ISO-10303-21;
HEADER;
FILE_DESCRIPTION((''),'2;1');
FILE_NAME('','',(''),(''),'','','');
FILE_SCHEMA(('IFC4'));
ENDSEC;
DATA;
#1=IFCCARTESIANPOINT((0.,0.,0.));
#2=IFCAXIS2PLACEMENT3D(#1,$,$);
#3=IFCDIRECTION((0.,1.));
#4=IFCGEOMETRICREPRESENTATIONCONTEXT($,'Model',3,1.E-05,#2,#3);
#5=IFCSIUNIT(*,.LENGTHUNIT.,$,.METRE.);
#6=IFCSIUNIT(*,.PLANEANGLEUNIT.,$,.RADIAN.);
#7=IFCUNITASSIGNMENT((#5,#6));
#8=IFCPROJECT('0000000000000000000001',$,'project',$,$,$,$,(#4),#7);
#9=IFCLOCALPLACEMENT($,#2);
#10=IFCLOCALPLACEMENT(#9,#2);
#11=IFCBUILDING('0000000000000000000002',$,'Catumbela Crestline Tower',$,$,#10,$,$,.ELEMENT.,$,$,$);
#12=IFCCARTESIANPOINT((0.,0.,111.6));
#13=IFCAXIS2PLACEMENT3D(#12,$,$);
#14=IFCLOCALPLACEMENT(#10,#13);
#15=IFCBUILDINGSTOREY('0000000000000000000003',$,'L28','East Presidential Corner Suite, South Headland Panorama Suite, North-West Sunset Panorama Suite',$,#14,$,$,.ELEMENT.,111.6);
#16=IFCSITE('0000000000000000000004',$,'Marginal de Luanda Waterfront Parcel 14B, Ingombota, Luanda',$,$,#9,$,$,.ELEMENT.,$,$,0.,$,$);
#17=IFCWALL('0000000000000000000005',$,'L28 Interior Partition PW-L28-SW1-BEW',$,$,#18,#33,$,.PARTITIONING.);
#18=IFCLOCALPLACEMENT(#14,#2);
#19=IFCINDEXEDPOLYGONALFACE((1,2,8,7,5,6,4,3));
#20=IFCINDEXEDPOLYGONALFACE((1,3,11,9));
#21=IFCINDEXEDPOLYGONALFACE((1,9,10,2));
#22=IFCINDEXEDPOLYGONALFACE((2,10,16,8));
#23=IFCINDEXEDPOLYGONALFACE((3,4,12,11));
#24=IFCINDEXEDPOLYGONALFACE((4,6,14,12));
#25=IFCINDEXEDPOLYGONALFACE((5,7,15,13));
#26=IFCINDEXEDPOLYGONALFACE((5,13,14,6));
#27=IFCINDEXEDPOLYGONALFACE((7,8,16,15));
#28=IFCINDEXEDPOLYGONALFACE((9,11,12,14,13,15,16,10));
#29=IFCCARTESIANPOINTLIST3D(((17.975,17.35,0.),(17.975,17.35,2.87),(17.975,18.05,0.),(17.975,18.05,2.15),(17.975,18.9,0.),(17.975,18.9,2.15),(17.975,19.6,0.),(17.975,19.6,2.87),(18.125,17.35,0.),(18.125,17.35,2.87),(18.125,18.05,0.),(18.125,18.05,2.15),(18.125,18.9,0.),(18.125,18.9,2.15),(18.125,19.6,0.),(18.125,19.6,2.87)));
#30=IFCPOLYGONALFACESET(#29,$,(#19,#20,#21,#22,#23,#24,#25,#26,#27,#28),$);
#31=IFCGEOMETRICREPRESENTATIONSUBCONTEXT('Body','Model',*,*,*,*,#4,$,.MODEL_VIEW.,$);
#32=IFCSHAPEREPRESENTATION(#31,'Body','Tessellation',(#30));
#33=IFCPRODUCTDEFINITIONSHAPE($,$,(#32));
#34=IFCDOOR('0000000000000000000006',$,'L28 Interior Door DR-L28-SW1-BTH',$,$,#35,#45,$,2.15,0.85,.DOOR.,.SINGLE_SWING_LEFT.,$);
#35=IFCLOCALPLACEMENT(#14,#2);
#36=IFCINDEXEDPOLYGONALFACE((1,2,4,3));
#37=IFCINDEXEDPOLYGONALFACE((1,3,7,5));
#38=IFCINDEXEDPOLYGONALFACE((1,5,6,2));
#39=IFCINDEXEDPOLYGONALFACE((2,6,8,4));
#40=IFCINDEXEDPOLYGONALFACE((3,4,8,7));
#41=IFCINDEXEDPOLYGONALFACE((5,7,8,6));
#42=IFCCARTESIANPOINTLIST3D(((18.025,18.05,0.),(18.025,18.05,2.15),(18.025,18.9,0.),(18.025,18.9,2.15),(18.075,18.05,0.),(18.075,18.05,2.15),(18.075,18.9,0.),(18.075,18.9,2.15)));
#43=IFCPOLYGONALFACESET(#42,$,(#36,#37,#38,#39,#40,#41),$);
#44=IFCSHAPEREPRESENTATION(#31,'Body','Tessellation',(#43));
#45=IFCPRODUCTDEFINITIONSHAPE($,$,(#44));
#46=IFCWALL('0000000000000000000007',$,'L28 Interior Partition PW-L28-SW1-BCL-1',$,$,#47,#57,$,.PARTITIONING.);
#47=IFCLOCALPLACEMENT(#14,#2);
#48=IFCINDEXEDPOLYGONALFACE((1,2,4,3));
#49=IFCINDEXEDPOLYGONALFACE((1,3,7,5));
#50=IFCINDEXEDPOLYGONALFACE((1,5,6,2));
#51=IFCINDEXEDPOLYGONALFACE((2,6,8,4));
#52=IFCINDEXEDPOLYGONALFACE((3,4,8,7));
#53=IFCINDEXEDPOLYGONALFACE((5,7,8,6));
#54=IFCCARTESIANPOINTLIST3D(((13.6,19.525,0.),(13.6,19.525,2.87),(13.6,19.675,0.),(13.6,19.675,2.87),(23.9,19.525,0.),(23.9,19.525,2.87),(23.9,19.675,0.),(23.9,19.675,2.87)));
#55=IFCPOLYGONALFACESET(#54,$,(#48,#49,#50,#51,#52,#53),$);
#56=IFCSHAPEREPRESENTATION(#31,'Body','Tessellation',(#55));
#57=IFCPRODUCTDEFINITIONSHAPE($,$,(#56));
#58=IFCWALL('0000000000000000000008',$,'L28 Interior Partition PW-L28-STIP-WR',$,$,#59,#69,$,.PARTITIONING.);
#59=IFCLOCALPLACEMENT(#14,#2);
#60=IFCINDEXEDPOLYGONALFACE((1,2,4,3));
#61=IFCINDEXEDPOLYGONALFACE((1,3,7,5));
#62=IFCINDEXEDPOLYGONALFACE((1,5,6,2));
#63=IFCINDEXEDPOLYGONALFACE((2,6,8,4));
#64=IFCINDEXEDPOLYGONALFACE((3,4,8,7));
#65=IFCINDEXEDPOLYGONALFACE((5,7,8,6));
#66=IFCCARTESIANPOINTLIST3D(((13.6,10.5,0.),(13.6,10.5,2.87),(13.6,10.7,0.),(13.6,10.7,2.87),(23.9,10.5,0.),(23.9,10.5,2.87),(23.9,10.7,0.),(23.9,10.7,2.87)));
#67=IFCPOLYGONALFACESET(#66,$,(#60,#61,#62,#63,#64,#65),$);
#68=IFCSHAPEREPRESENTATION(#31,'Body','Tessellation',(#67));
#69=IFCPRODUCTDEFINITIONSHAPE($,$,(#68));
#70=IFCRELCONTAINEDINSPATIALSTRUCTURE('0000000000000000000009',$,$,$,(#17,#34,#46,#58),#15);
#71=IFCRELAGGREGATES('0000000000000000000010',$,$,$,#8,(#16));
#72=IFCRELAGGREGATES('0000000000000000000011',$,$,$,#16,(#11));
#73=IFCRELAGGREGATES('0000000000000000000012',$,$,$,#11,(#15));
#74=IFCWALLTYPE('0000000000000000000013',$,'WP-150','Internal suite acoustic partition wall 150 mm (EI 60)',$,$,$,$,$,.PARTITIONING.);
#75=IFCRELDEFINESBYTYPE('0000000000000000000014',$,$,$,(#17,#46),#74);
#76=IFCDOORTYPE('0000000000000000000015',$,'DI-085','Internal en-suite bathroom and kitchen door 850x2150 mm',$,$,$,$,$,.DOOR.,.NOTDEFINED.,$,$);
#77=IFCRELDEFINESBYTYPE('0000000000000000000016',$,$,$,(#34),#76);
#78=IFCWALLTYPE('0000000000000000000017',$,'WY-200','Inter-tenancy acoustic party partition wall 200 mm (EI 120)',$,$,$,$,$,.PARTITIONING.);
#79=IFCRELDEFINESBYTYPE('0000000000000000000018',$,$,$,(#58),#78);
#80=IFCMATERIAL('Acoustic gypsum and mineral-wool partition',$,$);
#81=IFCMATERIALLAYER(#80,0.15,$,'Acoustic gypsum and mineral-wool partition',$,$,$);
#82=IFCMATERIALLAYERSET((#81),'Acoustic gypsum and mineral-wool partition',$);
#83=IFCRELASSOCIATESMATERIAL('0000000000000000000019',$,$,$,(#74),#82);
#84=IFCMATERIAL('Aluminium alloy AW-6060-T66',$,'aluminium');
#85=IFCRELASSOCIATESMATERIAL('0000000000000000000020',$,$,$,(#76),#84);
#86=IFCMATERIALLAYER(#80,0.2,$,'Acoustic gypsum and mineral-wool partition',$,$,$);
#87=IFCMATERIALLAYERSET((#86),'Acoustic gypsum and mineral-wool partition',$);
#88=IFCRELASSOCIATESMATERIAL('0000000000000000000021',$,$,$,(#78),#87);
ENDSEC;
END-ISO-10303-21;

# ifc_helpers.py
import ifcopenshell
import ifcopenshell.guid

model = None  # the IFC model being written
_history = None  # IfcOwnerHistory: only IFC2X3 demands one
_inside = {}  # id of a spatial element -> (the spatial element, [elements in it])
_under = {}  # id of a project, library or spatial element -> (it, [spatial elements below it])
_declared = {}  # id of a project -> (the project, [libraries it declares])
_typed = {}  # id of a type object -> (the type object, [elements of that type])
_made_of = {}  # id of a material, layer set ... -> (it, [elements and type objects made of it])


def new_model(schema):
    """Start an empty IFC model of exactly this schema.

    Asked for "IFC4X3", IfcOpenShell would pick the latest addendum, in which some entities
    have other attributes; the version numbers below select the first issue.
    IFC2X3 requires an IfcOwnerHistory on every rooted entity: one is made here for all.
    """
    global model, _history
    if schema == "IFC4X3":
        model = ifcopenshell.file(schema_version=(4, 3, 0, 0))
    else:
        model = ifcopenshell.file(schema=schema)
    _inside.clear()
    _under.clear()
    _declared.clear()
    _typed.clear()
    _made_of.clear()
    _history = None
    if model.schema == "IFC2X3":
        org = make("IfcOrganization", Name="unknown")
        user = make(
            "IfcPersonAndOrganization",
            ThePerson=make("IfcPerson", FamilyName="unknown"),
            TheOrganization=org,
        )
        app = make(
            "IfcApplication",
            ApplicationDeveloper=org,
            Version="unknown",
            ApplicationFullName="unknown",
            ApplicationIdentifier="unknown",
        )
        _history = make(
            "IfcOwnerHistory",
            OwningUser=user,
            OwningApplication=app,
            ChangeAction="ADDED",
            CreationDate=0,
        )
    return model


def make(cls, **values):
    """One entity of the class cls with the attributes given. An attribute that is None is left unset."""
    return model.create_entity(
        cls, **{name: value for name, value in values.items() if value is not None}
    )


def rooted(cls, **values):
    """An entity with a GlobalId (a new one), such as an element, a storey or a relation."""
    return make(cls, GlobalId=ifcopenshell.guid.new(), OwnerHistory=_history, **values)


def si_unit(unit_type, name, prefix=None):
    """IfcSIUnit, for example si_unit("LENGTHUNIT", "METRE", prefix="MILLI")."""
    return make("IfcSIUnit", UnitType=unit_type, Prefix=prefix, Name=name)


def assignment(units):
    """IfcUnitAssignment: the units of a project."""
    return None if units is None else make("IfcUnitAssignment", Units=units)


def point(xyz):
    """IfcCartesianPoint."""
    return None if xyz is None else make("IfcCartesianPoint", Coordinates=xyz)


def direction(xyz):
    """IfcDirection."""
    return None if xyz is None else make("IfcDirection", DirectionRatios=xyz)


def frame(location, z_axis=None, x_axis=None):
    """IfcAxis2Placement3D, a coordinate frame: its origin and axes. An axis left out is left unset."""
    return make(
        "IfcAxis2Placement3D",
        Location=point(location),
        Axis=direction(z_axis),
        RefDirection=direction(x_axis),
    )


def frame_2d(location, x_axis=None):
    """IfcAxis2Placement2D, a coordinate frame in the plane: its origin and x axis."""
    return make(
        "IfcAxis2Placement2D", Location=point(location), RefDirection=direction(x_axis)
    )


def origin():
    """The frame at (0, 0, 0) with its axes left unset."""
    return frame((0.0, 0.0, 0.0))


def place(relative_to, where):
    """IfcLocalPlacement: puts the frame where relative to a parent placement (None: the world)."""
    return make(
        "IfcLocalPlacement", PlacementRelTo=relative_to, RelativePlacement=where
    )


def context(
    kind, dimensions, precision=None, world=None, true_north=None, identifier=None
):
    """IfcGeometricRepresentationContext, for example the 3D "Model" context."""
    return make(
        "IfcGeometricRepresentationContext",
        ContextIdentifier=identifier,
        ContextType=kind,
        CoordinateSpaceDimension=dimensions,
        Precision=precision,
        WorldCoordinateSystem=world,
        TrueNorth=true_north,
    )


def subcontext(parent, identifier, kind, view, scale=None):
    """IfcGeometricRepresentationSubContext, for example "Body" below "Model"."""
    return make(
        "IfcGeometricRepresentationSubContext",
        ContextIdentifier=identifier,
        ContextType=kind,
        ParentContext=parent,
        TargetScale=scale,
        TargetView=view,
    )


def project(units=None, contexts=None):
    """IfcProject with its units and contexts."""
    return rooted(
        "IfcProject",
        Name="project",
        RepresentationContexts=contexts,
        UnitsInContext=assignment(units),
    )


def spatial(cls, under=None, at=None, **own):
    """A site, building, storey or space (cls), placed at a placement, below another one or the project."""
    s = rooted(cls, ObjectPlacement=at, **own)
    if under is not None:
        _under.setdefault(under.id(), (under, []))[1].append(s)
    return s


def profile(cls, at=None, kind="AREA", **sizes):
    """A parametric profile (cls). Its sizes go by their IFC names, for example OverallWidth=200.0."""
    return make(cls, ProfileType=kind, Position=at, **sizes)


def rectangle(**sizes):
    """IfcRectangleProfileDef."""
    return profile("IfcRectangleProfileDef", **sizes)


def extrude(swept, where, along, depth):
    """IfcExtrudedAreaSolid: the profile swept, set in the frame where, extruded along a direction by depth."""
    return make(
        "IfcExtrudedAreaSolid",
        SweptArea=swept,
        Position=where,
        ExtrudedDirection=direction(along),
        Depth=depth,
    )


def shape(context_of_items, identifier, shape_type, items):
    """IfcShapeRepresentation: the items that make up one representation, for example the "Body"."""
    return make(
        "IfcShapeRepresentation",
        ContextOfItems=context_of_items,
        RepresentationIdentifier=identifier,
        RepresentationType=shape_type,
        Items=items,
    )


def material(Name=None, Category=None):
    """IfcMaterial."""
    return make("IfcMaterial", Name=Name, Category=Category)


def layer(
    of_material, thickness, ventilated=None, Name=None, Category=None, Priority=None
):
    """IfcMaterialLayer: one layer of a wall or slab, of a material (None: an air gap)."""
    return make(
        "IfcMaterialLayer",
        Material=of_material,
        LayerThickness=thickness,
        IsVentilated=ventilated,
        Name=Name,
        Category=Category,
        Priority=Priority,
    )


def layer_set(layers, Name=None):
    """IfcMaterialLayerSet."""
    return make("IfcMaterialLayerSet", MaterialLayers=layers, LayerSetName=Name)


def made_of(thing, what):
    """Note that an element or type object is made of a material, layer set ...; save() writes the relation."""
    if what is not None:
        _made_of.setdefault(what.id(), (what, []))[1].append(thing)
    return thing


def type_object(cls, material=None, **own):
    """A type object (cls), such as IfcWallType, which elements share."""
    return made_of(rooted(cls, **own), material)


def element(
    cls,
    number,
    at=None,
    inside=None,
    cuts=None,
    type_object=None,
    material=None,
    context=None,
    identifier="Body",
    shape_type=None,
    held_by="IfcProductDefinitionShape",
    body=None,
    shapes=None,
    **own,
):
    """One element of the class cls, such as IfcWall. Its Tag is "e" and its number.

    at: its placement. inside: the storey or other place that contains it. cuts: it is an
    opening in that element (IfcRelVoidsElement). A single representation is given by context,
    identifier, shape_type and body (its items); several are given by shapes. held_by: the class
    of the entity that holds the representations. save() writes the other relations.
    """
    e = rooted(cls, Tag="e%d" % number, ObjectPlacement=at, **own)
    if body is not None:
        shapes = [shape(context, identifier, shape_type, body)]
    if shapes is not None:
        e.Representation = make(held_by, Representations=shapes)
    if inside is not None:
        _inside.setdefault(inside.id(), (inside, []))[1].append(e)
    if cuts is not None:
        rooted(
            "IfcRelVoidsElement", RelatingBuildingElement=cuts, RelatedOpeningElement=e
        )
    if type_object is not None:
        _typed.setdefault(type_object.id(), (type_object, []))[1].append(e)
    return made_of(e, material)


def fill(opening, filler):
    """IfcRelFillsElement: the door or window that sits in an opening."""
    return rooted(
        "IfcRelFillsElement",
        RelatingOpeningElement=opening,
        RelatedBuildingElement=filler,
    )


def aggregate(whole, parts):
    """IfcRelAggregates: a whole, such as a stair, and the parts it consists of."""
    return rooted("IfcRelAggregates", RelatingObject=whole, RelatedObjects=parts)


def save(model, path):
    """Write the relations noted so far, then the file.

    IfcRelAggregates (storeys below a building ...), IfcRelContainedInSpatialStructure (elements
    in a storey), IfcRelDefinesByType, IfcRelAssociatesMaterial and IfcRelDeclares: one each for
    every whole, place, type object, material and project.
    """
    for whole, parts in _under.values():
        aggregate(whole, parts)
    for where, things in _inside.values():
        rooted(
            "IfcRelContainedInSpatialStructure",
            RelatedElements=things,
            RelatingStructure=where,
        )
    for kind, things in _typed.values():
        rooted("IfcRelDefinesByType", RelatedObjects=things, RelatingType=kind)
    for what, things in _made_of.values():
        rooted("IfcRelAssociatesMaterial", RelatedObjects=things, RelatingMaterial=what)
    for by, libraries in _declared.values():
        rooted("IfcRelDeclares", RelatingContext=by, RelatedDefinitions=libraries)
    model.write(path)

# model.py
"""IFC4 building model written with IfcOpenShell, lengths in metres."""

from ifc_helpers import new_model, si_unit, direction, frame, frame_2d, origin, place, context, subcontext, project, spatial, rectangle, extrude, material, layer, layer_set, type_object, element, fill, save


model = new_model("IFC4")

# Units and contexts
model_context = context("Model", 3, precision=1e-05, world=origin(), true_north=direction((0.0, 1.0)))
body_context = subcontext(model_context, "Body", "Model", "MODEL_VIEW")
ifc_project = project(units=[si_unit("LENGTHUNIT", "METRE"), si_unit("PLANEANGLEUNIT", "RADIAN")], contexts=[model_context])

# Site, building, storey
site_placement = place(None, origin())
site = spatial("IfcSite", under=ifc_project, at=site_placement, Name="Marginal de Luanda Waterfront Parcel 14B, Ingombota, Luanda", CompositionType="ELEMENT", RefElevation=0.0)
building_placement = place(site_placement, origin())
building = spatial("IfcBuilding", under=site, at=building_placement, Name="Catumbela Crestline Tower", CompositionType="ELEMENT")
storey_placement = place(building_placement, frame((0.0, 0.0, 111.6)))
storey = spatial("IfcBuildingStorey", under=building, at=storey_placement, Name="L28", Description="East Presidential Corner Suite, South Headland Panorama Suite, North-West Sunset Panorama Suite", CompositionType="ELEMENT", Elevation=111.6)

# Shared definitions
ifc_material_1 = material(Name="Acoustic gypsum and mineral-wool partition")
ifc_material_2 = material(Name="Aluminium alloy AW-6060-T66", Category="aluminium")

# Shared definitions
ifc_layer_1 = layer(ifc_material_1, 0.15, Name="Acoustic gypsum and mineral-wool partition")
ifc_layer_set_1 = layer_set([ifc_layer_1], Name="Acoustic gypsum and mineral-wool partition")
wall_type_1 = type_object("IfcWallType", Name="WP-150", Description="Internal suite acoustic partition wall 150 mm (EI 60)", PredefinedType="PARTITIONING", material=ifc_layer_set_1)

# Wall, opening, door
wall_1_placement = place(storey_placement, frame((18.05, 17.35, 0.0), z_axis=(0.0, 0.0, 1.0), x_axis=(0.0, 1.0, 0.0)))
wall_1 = element("IfcWall", 1, at=wall_1_placement, inside=storey, type_object=wall_type_1, Name="L28 Interior Partition PW-L28-SW1-BEW", PredefinedType="PARTITIONING", context=body_context, shape_type="SweptSolid", body=[
    extrude(rectangle(XDim=2.25, YDim=0.15, at=frame_2d((1.125, 0.0))), origin(), (0.0, 0.0, 1.0), 2.87),
])
opening_1_placement = place(wall_1_placement, frame((0.7, 0.0, 0.0)))
opening_1 = element("IfcOpeningElement", 2, at=opening_1_placement, cuts=wall_1, PredefinedType="OPENING", context=body_context, shape_type="SweptSolid", body=[
    extrude(rectangle(XDim=0.85, YDim=2.15, at=frame_2d((0.425, 1.075))), frame((0.0, 0.085, 0.0), z_axis=(0.0, -1.0, 0.0), x_axis=(1.0, 0.0, 0.0)), (0.0, 0.0, 1.0), 0.17),
])
door_type_1 = type_object("IfcDoorType", Name="DI-085", Description="Internal en-suite bathroom and kitchen door 850x2150 mm", OperationType="NOTDEFINED", PredefinedType="DOOR", material=ifc_material_2)
door_1_placement = place(opening_1_placement, origin())
door_1 = element("IfcDoor", 3, at=door_1_placement, inside=storey, type_object=door_type_1, Name="L28 Interior Door DR-L28-SW1-BTH", OperationType="SINGLE_SWING_LEFT", OverallHeight=2.15, OverallWidth=0.85, PredefinedType="DOOR", context=body_context, shape_type="SweptSolid", body=[
    extrude(rectangle(XDim=0.85, YDim=2.15, at=frame_2d((0.425, 1.075))), frame((0.0, 0.025, 0.0), z_axis=(0.0, -1.0, 0.0), x_axis=(1.0, 0.0, 0.0)), (0.0, 0.0, 1.0), 0.05),
])
fill(opening_1, door_1)

# Walls
wall_2_placement = place(storey_placement, frame((13.6, 19.6, 0.0), z_axis=(0.0, 0.0, 1.0), x_axis=(1.0, 0.0, 0.0)))
element("IfcWall", 4, at=wall_2_placement, inside=storey, type_object=wall_type_1, Name="L28 Interior Partition PW-L28-SW1-BCL-1", PredefinedType="PARTITIONING", context=body_context, shape_type="SweptSolid", body=[
    extrude(rectangle(XDim=10.3, YDim=0.15, at=frame_2d((5.15, 0.0))), origin(), (0.0, 0.0, 1.0), 2.87),
])
ifc_layer_2 = layer(ifc_material_1, 0.2, Name="Acoustic gypsum and mineral-wool partition")
ifc_layer_set_2 = layer_set([ifc_layer_2], Name="Acoustic gypsum and mineral-wool partition")
wall_type_2 = type_object("IfcWallType", Name="WY-200", Description="Inter-tenancy acoustic party partition wall 200 mm (EI 120)", PredefinedType="PARTITIONING", material=ifc_layer_set_2)
wall_3_placement = place(storey_placement, frame((13.6, 10.6, 0.0), z_axis=(0.0, 0.0, 1.0), x_axis=(1.0, 0.0, 0.0)))
element("IfcWall", 5, at=wall_3_placement, inside=storey, type_object=wall_type_2, Name="L28 Interior Partition PW-L28-STIP-WR", PredefinedType="PARTITIONING", context=body_context, shape_type="SweptSolid", body=[
    extrude(rectangle(XDim=10.3, YDim=0.2, at=frame_2d((5.15, 0.0))), origin(), (0.0, 0.0, 1.0), 2.87),
])

save(model, "model.ifc")
